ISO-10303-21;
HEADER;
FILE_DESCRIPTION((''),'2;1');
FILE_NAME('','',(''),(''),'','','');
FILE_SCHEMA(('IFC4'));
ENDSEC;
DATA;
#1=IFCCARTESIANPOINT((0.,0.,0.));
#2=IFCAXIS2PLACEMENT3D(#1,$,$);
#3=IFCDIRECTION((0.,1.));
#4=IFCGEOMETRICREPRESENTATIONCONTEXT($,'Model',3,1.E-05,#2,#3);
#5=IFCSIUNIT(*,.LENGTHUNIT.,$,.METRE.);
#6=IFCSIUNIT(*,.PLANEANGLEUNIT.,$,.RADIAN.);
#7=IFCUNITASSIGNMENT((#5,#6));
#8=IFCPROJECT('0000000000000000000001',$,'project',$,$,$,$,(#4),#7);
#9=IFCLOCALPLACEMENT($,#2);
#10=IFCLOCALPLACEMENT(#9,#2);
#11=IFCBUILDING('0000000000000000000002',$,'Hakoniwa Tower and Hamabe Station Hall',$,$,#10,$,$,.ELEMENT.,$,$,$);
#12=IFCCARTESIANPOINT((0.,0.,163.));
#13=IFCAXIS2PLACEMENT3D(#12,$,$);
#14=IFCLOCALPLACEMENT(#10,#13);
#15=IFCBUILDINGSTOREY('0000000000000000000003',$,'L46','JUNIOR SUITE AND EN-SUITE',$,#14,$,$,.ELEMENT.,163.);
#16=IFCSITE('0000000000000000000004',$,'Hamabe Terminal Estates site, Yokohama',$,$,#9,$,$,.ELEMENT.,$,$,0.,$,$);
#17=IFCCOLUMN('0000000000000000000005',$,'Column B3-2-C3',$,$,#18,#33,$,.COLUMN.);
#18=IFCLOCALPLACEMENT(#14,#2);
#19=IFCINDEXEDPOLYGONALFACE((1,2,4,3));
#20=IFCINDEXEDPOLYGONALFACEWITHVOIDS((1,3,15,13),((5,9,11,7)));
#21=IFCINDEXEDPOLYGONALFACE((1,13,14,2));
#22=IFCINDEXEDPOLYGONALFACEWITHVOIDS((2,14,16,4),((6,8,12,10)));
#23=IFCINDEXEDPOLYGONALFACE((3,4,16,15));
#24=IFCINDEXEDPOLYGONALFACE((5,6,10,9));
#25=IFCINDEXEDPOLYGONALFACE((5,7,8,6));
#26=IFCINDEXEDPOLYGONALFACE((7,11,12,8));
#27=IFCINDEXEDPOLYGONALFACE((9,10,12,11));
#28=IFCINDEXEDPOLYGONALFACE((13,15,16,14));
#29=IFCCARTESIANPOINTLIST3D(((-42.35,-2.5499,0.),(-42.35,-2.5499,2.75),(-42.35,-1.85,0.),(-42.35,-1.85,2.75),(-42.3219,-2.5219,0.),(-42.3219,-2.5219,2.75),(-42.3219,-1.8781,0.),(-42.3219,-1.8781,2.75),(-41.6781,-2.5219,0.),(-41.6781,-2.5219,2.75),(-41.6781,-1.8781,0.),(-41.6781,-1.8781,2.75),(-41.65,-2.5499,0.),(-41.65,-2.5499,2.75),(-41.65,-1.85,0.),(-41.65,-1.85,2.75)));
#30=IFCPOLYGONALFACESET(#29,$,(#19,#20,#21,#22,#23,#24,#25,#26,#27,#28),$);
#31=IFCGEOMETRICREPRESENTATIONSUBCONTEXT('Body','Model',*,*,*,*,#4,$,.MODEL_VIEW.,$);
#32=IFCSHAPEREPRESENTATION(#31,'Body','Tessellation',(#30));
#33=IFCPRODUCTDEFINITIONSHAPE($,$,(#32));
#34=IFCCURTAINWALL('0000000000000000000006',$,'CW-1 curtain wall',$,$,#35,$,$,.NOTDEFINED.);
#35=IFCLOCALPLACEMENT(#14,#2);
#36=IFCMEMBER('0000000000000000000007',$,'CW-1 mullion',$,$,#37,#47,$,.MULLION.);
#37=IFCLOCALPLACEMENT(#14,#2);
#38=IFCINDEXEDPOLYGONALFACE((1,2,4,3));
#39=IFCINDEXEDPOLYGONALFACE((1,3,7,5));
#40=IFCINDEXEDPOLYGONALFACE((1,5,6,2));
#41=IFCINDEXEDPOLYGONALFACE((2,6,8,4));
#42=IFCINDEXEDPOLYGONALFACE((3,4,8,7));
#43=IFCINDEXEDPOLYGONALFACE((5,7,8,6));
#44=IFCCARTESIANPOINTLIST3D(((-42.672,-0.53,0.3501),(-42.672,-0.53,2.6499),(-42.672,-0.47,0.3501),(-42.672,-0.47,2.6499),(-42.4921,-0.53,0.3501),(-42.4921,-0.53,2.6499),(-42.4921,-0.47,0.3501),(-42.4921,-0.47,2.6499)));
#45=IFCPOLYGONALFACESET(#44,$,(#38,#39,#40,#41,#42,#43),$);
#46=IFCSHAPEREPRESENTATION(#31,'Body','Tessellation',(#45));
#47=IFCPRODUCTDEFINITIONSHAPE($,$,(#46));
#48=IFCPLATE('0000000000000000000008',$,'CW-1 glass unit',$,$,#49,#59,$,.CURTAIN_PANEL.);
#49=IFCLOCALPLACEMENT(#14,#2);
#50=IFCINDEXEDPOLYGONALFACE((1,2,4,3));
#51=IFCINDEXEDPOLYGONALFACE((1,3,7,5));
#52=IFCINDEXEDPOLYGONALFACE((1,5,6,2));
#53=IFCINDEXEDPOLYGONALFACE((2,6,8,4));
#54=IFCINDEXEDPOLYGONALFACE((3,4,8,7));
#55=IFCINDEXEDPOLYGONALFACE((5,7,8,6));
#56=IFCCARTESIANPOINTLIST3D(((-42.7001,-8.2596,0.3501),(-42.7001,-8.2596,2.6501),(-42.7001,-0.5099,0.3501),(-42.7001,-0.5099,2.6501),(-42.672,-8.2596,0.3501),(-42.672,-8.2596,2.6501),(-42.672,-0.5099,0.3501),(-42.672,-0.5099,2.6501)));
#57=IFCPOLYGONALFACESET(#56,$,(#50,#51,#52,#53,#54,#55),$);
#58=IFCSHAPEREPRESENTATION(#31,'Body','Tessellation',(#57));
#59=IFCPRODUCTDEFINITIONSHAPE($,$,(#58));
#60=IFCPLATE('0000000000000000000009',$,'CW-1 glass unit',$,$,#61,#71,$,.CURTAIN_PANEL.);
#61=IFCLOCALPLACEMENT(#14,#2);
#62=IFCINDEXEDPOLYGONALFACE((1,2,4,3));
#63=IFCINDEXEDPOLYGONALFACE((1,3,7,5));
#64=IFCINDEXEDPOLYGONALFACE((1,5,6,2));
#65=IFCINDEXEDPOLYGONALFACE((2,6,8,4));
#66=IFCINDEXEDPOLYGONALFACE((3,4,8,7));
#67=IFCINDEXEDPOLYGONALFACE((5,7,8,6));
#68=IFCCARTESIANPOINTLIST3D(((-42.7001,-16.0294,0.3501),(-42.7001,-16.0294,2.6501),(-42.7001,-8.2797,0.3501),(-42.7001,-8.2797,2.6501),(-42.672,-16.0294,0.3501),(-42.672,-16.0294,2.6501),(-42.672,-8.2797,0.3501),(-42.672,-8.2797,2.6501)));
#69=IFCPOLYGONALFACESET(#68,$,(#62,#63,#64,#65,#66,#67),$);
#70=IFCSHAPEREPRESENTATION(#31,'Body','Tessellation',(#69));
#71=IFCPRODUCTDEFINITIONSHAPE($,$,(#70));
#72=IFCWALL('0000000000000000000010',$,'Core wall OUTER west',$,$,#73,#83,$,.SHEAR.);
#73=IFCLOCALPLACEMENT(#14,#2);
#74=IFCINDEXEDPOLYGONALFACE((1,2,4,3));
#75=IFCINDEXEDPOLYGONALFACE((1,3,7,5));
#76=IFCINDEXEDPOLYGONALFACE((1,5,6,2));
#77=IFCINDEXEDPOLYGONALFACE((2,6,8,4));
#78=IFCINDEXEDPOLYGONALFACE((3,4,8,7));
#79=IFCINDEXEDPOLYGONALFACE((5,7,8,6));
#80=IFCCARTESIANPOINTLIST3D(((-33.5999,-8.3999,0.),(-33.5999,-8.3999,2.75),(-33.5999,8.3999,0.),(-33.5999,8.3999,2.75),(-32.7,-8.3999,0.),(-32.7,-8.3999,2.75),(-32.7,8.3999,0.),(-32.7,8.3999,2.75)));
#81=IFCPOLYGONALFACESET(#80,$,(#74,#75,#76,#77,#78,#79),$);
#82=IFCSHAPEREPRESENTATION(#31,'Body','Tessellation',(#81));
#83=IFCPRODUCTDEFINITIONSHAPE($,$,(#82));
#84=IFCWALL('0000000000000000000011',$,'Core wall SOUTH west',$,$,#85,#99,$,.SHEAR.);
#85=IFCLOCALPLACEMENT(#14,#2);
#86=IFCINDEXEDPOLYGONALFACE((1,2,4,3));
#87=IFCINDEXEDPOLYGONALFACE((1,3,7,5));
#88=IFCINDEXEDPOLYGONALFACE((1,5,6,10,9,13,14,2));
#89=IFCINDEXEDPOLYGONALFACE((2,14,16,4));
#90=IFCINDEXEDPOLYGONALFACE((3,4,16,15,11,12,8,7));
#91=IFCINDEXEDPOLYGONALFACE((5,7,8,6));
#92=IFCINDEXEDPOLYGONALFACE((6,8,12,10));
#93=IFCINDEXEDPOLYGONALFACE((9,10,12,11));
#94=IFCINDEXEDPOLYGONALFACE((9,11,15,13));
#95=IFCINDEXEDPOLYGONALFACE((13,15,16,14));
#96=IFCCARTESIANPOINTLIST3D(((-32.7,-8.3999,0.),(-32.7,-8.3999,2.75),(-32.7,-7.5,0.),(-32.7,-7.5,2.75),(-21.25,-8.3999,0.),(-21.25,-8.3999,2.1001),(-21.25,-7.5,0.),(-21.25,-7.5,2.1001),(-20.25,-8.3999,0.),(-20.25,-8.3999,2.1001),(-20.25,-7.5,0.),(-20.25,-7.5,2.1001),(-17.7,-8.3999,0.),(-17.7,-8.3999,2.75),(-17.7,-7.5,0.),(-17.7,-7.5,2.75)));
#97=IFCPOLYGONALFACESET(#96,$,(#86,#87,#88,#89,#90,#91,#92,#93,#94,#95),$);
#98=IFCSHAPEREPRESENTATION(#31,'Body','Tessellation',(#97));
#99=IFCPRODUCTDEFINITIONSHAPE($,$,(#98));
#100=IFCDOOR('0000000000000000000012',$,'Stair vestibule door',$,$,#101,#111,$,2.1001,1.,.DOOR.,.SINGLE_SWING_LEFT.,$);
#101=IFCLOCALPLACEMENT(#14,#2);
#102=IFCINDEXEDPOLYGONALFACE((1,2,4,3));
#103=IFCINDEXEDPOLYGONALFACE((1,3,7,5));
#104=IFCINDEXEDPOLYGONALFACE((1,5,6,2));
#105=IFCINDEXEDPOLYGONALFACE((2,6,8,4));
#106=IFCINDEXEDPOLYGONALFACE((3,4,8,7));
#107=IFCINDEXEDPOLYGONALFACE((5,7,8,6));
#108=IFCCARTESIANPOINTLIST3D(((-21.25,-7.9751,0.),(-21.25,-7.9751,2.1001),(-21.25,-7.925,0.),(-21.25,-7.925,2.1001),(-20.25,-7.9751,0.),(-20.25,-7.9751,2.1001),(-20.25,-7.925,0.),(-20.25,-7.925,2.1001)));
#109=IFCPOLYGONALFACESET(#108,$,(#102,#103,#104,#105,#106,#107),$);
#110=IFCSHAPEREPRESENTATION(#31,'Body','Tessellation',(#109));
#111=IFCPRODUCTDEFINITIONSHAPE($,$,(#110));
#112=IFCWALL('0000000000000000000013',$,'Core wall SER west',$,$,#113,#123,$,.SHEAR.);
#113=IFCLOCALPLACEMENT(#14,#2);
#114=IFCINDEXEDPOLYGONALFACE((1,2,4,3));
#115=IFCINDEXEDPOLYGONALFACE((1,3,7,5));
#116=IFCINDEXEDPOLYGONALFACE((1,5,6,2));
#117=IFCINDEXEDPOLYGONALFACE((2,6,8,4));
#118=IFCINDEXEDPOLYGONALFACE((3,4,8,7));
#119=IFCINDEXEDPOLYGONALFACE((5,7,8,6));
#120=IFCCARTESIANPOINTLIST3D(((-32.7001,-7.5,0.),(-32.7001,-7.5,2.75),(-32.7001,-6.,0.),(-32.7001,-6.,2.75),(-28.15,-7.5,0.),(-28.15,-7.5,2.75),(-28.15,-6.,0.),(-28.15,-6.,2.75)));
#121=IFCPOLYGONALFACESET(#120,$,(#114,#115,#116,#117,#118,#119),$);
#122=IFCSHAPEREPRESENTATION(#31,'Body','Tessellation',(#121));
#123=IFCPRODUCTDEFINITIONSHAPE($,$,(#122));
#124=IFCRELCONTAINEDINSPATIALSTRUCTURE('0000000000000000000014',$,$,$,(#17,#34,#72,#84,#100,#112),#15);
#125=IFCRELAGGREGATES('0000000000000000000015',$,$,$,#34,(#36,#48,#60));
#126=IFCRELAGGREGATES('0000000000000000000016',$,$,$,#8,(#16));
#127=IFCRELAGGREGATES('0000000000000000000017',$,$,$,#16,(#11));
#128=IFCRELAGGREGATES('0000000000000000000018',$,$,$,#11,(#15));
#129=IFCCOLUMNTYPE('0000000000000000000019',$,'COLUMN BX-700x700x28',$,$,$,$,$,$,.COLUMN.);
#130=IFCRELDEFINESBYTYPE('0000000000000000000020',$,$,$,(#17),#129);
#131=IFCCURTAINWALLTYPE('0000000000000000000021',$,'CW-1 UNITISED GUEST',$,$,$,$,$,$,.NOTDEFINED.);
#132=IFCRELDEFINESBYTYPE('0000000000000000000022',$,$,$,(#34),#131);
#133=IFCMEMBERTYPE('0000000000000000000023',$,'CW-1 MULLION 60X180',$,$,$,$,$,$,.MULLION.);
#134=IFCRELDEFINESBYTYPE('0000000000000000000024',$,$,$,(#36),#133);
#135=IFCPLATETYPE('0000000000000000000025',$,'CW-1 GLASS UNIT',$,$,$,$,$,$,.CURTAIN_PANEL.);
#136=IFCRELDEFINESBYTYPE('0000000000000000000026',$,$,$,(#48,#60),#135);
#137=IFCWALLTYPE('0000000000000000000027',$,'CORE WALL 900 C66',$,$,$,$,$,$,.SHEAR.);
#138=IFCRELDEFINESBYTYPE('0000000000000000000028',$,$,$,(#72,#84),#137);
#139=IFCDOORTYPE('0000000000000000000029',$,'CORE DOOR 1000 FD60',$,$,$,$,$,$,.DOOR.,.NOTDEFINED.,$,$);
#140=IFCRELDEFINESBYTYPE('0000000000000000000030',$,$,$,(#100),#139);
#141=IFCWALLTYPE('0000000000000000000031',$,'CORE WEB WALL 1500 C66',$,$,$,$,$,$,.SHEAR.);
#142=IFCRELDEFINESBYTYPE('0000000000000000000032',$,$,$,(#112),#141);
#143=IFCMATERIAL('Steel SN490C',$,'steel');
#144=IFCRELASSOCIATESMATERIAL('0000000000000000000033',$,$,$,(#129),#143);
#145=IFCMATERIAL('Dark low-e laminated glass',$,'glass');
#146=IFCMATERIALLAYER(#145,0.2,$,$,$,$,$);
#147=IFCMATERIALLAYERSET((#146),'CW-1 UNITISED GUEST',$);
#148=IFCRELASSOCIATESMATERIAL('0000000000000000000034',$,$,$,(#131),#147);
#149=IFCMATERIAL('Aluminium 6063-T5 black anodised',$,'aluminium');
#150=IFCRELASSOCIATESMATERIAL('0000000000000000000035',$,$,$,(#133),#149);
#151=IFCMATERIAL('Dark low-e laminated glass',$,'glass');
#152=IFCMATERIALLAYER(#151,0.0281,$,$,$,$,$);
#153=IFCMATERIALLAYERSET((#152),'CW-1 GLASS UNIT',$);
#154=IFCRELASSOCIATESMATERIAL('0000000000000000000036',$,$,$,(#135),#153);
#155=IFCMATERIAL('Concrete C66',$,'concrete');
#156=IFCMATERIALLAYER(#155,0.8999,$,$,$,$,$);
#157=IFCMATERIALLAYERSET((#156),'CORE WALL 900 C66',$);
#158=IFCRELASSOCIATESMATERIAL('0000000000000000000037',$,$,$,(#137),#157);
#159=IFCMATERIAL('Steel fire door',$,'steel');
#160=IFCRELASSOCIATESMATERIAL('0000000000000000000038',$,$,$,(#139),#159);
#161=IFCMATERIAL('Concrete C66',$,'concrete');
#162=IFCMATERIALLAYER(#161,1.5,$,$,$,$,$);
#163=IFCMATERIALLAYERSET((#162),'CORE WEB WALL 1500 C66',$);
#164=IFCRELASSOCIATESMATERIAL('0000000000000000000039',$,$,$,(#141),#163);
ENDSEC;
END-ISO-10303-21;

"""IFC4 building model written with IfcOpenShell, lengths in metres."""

from ifc_helpers import new_model, si_unit, direction, frame, frame_2d, origin, origin_2d, place, context, subcontext, project, spatial, rectangle, hollow_rectangle, extrude, material, layer, layer_set, material_profile, profile_set, type_object, element, fill, aggregate, save


model = new_model("IFC4")

# Units and contexts
model_context = context("Model", 3, precision=1e-05, world=origin(), true_north=direction((0.0, 1.0)))
body_context = subcontext(model_context, "Body", "Model", "MODEL_VIEW")
ifc_project = project(units=[si_unit("LENGTHUNIT", "METRE"), si_unit("PLANEANGLEUNIT", "RADIAN")], contexts=[model_context])

# Site, building, storey
site_placement = place(None, origin())
site = spatial("IfcSite", under=ifc_project, at=site_placement, Name="Hamabe Terminal Estates site, Yokohama", CompositionType="ELEMENT", RefElevation=0.0)
building_placement = place(site_placement, origin())
building = spatial("IfcBuilding", under=site, at=building_placement, Name="Hakoniwa Tower and Hamabe Station Hall", CompositionType="ELEMENT")
storey_placement = place(building_placement, frame((0.0, 0.0, 163.0)))
storey = spatial("IfcBuildingStorey", under=building, at=storey_placement, Name="L46", Description="JUNIOR SUITE AND EN-SUITE", CompositionType="ELEMENT", Elevation=163.0)

# Column
ifc_material_1 = material(Name="Steel SN490C", Category="steel")
ifc_material_profile_1 = material_profile(ifc_material_1, hollow_rectangle(XDim=0.7, YDim=0.7, WallThickness=0.0281, at=origin_2d()), Name="BX-700x700x28")
ifc_profile_set_1 = profile_set([ifc_material_profile_1], Name="Steel SN490C")
column_type = type_object("IfcColumnType", Name="COLUMN BX-700x700x28", PredefinedType="COLUMN", material=ifc_profile_set_1)
column_placement = place(storey_placement, frame((-42.0, -2.2, 0.0), z_axis=(0.0, 0.0, 1.0), x_axis=(1.0, 0.0, 0.0)))
element("IfcColumn", 1, at=column_placement, inside=storey, type_object=column_type, Name="Column B3-2-C3", PredefinedType="COLUMN", context=body_context, shape_type="SweptSolid", body=[
    extrude(hollow_rectangle(XDim=0.7, YDim=0.7, WallThickness=0.0281, at=origin_2d()), origin(), (0.0, 0.0, 1.0), 2.75),
])

# Curtain wall, member, plates
ifc_material_2 = material(Name="Dark low-e laminated glass", Category="glass")
ifc_layer_1 = layer(ifc_material_2, 0.2)
ifc_layer_set_1 = layer_set([ifc_layer_1], Name="CW-1 UNITISED GUEST")
curtain_wall_type = type_object("IfcCurtainWallType", Name="CW-1 UNITISED GUEST", PredefinedType="NOTDEFINED", material=ifc_layer_set_1)
curtain_wall_placement = place(storey_placement, origin())
curtain_wall = element("IfcCurtainWall", 2, at=curtain_wall_placement, inside=storey, type_object=curtain_wall_type, Name="CW-1 curtain wall", PredefinedType="NOTDEFINED")
ifc_material_3 = material(Name="Aluminium 6063-T5 black anodised", Category="aluminium")
ifc_material_profile_2 = material_profile(ifc_material_3, rectangle(XDim=0.0601, YDim=0.1799, at=origin_2d()), Name="CW-1 MULLION 60X180")
ifc_profile_set_2 = profile_set([ifc_material_profile_2], Name="Aluminium 6063-T5 black anodised")
member_type = type_object("IfcMemberType", Name="CW-1 MULLION 60X180", PredefinedType="MULLION", material=ifc_profile_set_2)
member_placement = place(storey_placement, frame((-42.582, -0.5, 0.3501), z_axis=(0.0, 0.0, 1.0), x_axis=(0.0, -1.0, 0.0)))
member = element("IfcMember", 3, at=member_placement, type_object=member_type, Name="CW-1 mullion", PredefinedType="MULLION", context=body_context, shape_type="SweptSolid", body=[
    extrude(rectangle(XDim=0.0601, YDim=0.1799, at=origin_2d()), origin(), (0.0, 0.0, 1.0), 2.2998),
])
ifc_material_4 = material(Name="Dark low-e laminated glass", Category="glass")
ifc_layer_2 = layer(ifc_material_4, 0.0281)
ifc_layer_set_2 = layer_set([ifc_layer_2], Name="CW-1 GLASS UNIT")
plate_type = type_object("IfcPlateType", Name="CW-1 GLASS UNIT", PredefinedType="CURTAIN_PANEL", material=ifc_layer_set_2)
plate_1_placement = place(storey_placement, frame((-42.686, -4.3848, 0.3501), z_axis=(0.0, 0.0, 1.0), x_axis=(0.0, -1.0, 0.0)))
plate_1 = element("IfcPlate", 4, at=plate_1_placement, type_object=plate_type, Name="CW-1 glass unit", PredefinedType="CURTAIN_PANEL", context=body_context, shape_type="SweptSolid", body=[
    extrude(rectangle(XDim=7.7498, YDim=0.0281, at=origin_2d()), origin(), (0.0, 0.0, 1.0), 2.3),
])
plate_2_placement = place(storey_placement, frame((-42.686, -12.1545, 0.3501), z_axis=(0.0, 0.0, 1.0), x_axis=(0.0, -1.0, 0.0)))
plate_2 = element("IfcPlate", 5, at=plate_2_placement, type_object=plate_type, Name="CW-1 glass unit", PredefinedType="CURTAIN_PANEL", context=body_context, shape_type="SweptSolid", body=[
    extrude(rectangle(XDim=7.7498, YDim=0.0281, at=origin_2d()), origin(), (0.0, 0.0, 1.0), 2.3),
])
aggregate(curtain_wall, [member, plate_1, plate_2])

# Wall
ifc_material_5 = material(Name="Concrete C66", Category="concrete")
ifc_layer_3 = layer(ifc_material_5, 0.8999)
ifc_layer_set_3 = layer_set([ifc_layer_3], Name="CORE WALL 900 C66")
wall_type_1 = type_object("IfcWallType", Name="CORE WALL 900 C66", PredefinedType="SHEAR", material=ifc_layer_set_3)
wall_1_placement = place(storey_placement, frame((-33.1499, -8.3999, 0.0), z_axis=(0.0, 0.0, 1.0), x_axis=(0.0, 1.0, 0.0)))
element("IfcWall", 6, at=wall_1_placement, inside=storey, type_object=wall_type_1, Name="Core wall OUTER west", PredefinedType="SHEAR", context=body_context, shape_type="SweptSolid", body=[
    extrude(rectangle(XDim=16.7998, YDim=0.8999, at=frame_2d((8.3999, 0.0))), origin(), (0.0, 0.0, 1.0), 2.75),
])

# Wall, opening, door
wall_2_placement = place(storey_placement, frame((-32.7, -7.95, 0.0), z_axis=(0.0, 0.0, 1.0), x_axis=(1.0, 0.0, 0.0)))
wall_2 = element("IfcWall", 7, at=wall_2_placement, inside=storey, type_object=wall_type_1, Name="Core wall SOUTH west", PredefinedType="SHEAR", context=body_context, shape_type="SweptSolid", body=[
    extrude(rectangle(XDim=15.0, YDim=0.8999, at=frame_2d((7.5, 0.0))), origin(), (0.0, 0.0, 1.0), 2.75),
])
opening_1_placement = place(wall_2_placement, frame((11.45, 0.0, 0.0)))
opening_1 = element("IfcOpeningElement", 8, at=opening_1_placement, cuts=wall_2, PredefinedType="OPENING", context=body_context, shape_type="SweptSolid", body=[
    extrude(rectangle(XDim=1.0, YDim=2.1001, at=frame_2d((0.5, 1.05))), frame((0.0, 0.46, 0.0), z_axis=(0.0, -1.0, 0.0), x_axis=(1.0, 0.0, 0.0)), (0.0, 0.0, 1.0), 0.9199),
])
ifc_material_6 = material(Name="Steel fire door", Category="steel")
door_type_1 = type_object("IfcDoorType", Name="CORE DOOR 1000 FD60", OperationType="NOTDEFINED", PredefinedType="DOOR", material=ifc_material_6)
door_1_placement = place(opening_1_placement, origin())
door_1 = element("IfcDoor", 9, at=door_1_placement, inside=storey, type_object=door_type_1, Name="Stair vestibule door", OperationType="SINGLE_SWING_LEFT", OverallHeight=2.1001, OverallWidth=1.0, PredefinedType="DOOR", context=body_context, shape_type="SweptSolid", body=[
    extrude(rectangle(XDim=1.0, YDim=2.1001, at=frame_2d((0.5, 1.05))), frame((0.0, 0.0249, 0.0), z_axis=(0.0, -1.0, 0.0), x_axis=(1.0, 0.0, 0.0)), (0.0, 0.0, 1.0), 0.05),
])
fill(opening_1, door_1)

# Wall
ifc_material_7 = material(Name="Concrete C66", Category="concrete")
ifc_layer_4 = layer(ifc_material_7, 1.5)
ifc_layer_set_4 = layer_set([ifc_layer_4], Name="CORE WEB WALL 1500 C66")
wall_type_2 = type_object("IfcWallType", Name="CORE WEB WALL 1500 C66", PredefinedType="SHEAR", material=ifc_layer_set_4)
wall_3_placement = place(storey_placement, frame((-32.7, -6.75, 0.0), z_axis=(0.0, 0.0, 1.0), x_axis=(1.0, 0.0, 0.0)))
element("IfcWall", 10, at=wall_3_placement, inside=storey, type_object=wall_type_2, Name="Core wall SER west", PredefinedType="SHEAR", context=body_context, shape_type="SweptSolid", body=[
    extrude(rectangle(XDim=4.55, YDim=1.5, at=frame_2d((2.2749, 0.0))), origin(), (0.0, 0.0, 1.0), 2.75),
])

save(model, "model.ifc")
